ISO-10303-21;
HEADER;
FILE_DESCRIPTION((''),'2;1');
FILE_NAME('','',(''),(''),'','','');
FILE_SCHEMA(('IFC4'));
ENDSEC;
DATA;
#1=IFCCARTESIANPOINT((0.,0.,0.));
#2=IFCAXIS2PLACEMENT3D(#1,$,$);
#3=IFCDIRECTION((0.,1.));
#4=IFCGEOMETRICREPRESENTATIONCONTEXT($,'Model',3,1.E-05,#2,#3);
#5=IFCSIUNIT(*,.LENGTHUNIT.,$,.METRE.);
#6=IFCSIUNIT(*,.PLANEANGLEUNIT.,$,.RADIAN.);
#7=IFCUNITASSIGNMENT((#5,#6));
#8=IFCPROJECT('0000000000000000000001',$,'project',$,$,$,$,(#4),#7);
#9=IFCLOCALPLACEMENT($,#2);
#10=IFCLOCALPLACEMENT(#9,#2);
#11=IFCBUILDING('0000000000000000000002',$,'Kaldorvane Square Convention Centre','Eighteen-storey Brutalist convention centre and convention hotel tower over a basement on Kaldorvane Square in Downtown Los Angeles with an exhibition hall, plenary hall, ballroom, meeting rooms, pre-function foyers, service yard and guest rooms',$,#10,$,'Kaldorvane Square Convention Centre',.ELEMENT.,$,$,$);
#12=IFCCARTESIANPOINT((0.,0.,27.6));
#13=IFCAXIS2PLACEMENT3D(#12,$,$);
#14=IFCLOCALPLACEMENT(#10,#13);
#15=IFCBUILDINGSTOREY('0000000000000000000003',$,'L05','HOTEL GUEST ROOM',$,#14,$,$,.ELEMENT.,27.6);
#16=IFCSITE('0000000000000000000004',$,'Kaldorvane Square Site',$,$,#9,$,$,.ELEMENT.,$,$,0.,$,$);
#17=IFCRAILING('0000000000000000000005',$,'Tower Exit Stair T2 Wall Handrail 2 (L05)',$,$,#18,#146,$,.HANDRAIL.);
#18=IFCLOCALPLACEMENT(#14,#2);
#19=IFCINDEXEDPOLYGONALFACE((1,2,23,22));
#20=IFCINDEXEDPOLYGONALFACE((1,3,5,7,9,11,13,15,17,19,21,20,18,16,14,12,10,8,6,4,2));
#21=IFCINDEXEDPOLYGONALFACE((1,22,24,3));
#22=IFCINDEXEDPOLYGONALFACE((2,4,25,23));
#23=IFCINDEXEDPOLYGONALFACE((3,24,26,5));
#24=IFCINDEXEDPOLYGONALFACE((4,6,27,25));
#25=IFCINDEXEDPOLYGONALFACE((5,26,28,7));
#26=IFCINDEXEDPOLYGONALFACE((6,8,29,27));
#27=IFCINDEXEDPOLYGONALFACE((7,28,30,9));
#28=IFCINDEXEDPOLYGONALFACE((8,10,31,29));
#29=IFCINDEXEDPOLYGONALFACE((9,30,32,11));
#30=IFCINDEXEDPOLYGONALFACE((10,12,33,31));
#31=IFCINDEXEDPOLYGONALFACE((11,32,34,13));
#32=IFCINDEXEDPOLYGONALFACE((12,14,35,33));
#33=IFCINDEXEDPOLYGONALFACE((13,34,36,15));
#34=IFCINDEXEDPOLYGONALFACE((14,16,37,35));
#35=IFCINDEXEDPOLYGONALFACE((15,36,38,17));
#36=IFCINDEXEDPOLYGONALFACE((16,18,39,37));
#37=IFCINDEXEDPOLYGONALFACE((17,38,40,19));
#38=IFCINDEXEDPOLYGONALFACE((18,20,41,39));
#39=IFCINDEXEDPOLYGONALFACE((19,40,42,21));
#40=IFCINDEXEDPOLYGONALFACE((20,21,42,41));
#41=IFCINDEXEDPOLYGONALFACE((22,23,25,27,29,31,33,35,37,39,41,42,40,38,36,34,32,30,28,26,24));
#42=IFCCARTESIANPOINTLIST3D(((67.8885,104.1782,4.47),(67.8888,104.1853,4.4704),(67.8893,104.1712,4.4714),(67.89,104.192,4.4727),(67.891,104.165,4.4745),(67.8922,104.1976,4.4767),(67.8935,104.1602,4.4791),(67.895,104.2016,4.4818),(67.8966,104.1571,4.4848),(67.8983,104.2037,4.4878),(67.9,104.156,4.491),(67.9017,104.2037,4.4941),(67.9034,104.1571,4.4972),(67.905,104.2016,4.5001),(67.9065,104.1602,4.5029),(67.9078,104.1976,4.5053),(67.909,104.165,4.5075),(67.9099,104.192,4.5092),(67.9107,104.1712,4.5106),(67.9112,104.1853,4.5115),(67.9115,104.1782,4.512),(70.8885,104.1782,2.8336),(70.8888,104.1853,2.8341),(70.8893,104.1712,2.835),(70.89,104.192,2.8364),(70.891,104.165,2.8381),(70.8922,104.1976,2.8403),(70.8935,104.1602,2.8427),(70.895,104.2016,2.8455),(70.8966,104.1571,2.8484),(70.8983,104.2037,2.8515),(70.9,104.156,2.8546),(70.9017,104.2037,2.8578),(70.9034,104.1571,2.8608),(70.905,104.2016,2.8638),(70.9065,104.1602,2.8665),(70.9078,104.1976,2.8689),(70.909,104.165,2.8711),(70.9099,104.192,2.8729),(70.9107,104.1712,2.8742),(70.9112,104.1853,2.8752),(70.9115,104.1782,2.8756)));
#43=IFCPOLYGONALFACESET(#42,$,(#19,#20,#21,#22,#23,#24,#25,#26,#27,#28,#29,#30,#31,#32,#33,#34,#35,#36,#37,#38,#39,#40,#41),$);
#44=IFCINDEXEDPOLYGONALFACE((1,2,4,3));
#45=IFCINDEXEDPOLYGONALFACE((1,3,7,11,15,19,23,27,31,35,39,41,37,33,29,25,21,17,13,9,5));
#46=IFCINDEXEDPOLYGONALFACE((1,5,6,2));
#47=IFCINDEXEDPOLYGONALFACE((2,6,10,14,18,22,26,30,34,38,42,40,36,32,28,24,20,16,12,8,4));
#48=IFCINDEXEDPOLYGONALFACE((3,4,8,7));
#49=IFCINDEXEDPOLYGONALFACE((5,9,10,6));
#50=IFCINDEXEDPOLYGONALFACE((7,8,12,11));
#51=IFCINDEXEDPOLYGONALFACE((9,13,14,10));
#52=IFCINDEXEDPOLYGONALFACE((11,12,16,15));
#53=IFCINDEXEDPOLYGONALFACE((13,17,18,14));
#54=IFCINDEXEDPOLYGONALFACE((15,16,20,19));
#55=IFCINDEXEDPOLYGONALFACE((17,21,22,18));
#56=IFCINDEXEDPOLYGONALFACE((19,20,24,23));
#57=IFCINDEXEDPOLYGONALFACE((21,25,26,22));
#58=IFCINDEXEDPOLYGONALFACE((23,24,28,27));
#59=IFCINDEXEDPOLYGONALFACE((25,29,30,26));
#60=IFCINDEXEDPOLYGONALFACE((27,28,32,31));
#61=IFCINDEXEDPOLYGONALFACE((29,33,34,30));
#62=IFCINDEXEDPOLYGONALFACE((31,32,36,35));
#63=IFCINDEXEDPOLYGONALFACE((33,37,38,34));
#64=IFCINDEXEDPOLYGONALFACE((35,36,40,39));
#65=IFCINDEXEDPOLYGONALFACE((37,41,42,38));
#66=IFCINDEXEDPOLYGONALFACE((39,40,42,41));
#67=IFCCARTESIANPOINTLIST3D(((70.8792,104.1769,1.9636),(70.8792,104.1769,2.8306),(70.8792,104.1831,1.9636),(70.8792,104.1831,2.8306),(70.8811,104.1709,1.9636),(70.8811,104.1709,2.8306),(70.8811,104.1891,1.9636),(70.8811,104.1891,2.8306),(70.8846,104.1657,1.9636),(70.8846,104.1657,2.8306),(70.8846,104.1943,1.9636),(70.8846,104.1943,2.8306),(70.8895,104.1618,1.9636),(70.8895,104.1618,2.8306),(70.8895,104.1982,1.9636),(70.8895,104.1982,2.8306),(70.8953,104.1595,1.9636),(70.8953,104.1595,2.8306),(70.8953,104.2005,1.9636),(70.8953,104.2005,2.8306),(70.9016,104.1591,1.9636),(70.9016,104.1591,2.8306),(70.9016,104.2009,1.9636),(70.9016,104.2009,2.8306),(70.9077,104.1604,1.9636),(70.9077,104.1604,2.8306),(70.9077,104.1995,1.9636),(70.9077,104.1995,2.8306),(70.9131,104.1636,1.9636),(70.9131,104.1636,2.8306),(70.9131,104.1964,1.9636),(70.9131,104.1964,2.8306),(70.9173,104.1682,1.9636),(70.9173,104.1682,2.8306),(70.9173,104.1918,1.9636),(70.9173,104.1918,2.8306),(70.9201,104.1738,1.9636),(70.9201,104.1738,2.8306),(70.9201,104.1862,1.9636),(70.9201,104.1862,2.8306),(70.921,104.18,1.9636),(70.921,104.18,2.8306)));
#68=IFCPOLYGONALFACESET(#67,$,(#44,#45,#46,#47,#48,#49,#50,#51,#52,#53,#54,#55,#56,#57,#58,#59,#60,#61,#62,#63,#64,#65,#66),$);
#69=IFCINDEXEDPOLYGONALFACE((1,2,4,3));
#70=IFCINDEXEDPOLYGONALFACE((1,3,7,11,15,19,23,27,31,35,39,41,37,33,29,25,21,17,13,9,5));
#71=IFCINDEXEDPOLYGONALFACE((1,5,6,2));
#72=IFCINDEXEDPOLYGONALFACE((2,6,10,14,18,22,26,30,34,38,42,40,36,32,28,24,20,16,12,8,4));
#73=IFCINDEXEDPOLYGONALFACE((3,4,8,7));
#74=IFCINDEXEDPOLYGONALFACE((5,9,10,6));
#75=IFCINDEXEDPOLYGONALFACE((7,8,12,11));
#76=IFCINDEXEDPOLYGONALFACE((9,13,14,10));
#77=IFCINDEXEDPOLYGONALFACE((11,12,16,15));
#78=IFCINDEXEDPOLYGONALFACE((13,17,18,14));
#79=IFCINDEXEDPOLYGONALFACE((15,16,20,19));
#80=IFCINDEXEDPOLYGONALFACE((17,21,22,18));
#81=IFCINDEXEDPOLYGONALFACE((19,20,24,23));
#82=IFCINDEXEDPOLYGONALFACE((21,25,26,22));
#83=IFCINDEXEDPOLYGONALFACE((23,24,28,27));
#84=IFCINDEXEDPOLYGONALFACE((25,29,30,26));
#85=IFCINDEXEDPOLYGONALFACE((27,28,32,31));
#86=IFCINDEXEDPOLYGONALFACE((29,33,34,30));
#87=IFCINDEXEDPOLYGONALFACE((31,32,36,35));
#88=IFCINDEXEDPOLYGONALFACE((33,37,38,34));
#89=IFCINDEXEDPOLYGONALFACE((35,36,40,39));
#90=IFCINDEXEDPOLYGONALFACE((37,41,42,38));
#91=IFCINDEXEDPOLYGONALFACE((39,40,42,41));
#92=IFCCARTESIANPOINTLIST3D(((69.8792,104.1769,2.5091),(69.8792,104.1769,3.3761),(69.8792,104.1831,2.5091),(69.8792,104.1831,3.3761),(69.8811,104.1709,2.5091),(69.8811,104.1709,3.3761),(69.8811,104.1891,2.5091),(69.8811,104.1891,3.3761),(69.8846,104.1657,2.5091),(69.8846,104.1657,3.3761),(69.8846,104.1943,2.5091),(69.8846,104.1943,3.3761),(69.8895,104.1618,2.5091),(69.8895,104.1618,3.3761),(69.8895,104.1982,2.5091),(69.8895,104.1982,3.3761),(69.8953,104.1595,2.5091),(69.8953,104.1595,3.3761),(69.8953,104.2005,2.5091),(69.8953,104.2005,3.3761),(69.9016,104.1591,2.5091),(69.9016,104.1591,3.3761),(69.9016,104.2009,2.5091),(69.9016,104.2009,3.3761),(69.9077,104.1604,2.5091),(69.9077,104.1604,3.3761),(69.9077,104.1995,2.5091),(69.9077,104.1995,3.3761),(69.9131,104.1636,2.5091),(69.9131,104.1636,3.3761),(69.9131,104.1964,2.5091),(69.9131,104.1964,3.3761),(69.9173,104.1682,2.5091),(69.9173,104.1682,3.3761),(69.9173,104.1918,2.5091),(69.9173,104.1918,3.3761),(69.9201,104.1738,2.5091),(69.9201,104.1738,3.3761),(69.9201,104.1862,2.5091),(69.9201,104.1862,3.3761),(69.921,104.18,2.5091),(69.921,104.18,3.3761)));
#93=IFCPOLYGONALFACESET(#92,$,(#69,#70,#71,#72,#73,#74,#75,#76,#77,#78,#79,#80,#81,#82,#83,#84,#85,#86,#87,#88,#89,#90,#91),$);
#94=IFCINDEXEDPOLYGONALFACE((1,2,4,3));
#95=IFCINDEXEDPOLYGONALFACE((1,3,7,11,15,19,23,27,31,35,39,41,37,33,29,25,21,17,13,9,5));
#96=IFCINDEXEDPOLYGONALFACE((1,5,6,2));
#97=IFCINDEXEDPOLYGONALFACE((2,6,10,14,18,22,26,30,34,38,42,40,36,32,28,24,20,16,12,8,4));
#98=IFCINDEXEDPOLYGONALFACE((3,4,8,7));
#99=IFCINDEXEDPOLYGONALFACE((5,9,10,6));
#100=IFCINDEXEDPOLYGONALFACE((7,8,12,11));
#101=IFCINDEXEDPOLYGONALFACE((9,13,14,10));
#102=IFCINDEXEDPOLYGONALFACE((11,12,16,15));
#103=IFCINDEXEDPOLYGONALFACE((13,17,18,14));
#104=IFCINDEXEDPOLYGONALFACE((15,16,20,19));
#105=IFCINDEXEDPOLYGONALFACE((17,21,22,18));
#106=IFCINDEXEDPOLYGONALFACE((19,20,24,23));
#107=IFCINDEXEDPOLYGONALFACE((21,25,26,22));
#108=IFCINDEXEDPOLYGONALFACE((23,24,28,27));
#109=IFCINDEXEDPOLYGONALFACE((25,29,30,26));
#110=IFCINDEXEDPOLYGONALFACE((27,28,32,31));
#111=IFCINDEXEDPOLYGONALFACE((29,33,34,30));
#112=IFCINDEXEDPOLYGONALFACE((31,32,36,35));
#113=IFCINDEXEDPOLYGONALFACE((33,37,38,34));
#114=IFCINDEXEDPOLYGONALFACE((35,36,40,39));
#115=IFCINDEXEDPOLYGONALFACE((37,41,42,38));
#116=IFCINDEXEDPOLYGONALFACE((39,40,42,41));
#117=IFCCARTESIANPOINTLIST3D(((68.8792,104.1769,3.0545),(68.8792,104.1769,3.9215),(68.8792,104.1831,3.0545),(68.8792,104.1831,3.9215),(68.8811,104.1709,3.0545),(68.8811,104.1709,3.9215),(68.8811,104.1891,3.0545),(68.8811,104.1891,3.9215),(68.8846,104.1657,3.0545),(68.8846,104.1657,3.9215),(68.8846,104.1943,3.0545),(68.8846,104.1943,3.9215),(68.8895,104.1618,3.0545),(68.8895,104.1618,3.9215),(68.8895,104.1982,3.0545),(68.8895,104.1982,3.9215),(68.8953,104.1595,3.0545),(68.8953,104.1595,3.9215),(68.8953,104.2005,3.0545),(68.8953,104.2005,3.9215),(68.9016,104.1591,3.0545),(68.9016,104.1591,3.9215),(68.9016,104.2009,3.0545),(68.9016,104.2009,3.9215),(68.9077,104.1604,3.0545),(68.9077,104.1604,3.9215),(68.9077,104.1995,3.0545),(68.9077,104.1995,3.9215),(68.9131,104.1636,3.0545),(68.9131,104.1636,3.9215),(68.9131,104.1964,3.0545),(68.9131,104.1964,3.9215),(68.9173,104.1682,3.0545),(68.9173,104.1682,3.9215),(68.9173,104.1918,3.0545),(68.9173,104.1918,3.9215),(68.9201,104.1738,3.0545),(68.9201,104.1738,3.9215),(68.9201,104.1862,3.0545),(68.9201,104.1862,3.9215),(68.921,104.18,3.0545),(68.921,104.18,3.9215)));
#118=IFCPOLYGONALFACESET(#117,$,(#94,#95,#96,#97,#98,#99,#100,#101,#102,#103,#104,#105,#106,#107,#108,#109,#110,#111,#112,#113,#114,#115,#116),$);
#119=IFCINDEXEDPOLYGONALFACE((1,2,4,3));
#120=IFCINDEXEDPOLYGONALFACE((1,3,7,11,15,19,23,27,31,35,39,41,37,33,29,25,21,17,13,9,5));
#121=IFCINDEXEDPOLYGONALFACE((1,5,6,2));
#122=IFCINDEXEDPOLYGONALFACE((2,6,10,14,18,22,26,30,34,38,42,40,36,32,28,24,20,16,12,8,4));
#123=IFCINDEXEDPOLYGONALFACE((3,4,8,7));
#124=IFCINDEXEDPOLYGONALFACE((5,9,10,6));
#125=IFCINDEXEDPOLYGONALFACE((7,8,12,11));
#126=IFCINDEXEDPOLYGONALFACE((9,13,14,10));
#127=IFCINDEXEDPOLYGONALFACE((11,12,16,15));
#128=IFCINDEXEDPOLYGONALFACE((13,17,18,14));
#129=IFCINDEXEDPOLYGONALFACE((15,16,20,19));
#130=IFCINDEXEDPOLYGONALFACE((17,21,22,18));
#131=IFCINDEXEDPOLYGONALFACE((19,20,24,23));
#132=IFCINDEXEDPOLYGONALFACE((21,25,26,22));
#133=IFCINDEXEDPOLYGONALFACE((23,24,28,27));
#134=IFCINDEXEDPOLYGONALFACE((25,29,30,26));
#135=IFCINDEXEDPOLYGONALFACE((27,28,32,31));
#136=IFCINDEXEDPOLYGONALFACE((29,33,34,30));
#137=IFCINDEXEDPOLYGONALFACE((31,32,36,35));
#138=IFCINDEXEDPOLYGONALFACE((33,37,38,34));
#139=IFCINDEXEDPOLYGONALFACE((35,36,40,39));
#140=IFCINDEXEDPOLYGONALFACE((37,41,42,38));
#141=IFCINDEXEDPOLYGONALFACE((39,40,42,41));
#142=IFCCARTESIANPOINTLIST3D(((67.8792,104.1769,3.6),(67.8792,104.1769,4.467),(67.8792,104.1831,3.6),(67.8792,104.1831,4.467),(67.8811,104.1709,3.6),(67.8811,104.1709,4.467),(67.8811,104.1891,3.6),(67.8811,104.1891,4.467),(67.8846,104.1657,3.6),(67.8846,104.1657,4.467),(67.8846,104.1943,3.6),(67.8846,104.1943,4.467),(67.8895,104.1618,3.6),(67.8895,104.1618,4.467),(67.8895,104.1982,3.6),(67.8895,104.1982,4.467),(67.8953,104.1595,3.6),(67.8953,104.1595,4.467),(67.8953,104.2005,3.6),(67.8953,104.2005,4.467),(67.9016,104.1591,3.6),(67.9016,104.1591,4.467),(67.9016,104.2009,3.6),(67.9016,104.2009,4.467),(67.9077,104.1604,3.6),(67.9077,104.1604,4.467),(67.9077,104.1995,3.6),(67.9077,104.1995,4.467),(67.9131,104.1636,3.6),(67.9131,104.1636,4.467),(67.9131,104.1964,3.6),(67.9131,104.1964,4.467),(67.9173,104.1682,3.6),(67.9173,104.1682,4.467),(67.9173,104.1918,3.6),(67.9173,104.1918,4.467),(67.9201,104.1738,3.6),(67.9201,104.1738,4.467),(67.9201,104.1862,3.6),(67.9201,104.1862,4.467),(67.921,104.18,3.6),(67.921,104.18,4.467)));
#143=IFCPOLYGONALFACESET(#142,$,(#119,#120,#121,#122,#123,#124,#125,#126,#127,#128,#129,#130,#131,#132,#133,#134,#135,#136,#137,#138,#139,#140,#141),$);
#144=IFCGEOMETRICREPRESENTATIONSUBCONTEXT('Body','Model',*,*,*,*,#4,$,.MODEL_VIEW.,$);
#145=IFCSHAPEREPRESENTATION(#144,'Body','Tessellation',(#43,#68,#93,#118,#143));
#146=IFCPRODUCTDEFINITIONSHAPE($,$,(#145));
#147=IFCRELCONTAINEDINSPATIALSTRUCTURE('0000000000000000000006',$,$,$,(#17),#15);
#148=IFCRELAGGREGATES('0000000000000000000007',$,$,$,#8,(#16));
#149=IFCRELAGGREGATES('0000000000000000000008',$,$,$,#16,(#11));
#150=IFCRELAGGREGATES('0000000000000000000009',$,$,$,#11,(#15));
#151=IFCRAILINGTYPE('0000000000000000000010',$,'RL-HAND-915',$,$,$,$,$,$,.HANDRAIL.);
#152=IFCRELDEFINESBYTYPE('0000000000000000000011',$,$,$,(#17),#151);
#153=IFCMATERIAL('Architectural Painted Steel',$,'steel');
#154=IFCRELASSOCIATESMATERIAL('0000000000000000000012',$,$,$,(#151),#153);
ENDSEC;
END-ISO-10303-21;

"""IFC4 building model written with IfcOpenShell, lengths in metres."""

from ifc_helpers import new_model, si_unit, direction, frame, origin, origin_2d, place, context, subcontext, project, spatial, circle, extrude, material, type_object, element, save


model = new_model("IFC4")

# Units and contexts
model_context = context("Model", 3, precision=1e-05, world=origin(), true_north=direction((0.0, 1.0)))
body_context = subcontext(model_context, "Body", "Model", "MODEL_VIEW")
ifc_project = project(units=[si_unit("LENGTHUNIT", "METRE"), si_unit("PLANEANGLEUNIT", "RADIAN")], contexts=[model_context])

# Site, building, storey
site_placement = place(None, origin())
site = spatial("IfcSite", under=ifc_project, at=site_placement, Name="Kaldorvane Square Site", CompositionType="ELEMENT", RefElevation=0.0)
building_placement = place(site_placement, origin())
building = spatial("IfcBuilding", under=site, at=building_placement, Name="Kaldorvane Square Convention Centre", Description="Eighteen-storey Brutalist convention centre and convention hotel tower over a basement on Kaldorvane Square in Downtown Los Angeles with an exhibition hall, plenary hall, ballroom, meeting rooms, pre-function foyers, service yard and guest rooms", LongName="Kaldorvane Square Convention Centre", CompositionType="ELEMENT")
storey_placement = place(building_placement, frame((0.0, 0.0, 27.6)))
storey = spatial("IfcBuildingStorey", under=building, at=storey_placement, Name="L05", Description="HOTEL GUEST ROOM", CompositionType="ELEMENT", Elevation=27.6)

# Railing
ifc_material_1 = material(Name="Architectural Painted Steel", Category="steel")
railing_type_1 = type_object("IfcRailingType", Name="RL-HAND-915", PredefinedType="HANDRAIL", material=ifc_material_1)
railing_1_placement = place(storey_placement, frame((70.9, 104.18, 1.9636)))
element("IfcRailing", 1, at=railing_1_placement, inside=storey, type_object=railing_type_1, Name="Tower Exit Stair T2 Wall Handrail 2 (L05)", PredefinedType="HANDRAIL", context=body_context, shape_type="SweptSolid", body=[
    extrude(circle(Radius=0.024, at=origin_2d()), frame((0.0, 0.0, 0.891), z_axis=(-0.877895, 0.0, 0.478853), x_axis=(0.0, -1.0, 0.0)), (0.0, 0.0, 1.0), 3.4173),
    extrude(circle(Radius=0.021, at=origin_2d()), origin(), (0.0, 0.0, 1.0), 0.867),
    extrude(circle(Radius=0.021, at=origin_2d()), frame((-1.0, 0.0, 0.5455)), (0.0, 0.0, 1.0), 0.867),
    extrude(circle(Radius=0.021, at=origin_2d()), frame((-2.0, 0.0, 1.0909)), (0.0, 0.0, 1.0), 0.867),
    extrude(circle(Radius=0.021, at=origin_2d()), frame((-3.0, 0.0, 1.6364)), (0.0, 0.0, 1.0), 0.867),
])

save(model, "model.ifc")
